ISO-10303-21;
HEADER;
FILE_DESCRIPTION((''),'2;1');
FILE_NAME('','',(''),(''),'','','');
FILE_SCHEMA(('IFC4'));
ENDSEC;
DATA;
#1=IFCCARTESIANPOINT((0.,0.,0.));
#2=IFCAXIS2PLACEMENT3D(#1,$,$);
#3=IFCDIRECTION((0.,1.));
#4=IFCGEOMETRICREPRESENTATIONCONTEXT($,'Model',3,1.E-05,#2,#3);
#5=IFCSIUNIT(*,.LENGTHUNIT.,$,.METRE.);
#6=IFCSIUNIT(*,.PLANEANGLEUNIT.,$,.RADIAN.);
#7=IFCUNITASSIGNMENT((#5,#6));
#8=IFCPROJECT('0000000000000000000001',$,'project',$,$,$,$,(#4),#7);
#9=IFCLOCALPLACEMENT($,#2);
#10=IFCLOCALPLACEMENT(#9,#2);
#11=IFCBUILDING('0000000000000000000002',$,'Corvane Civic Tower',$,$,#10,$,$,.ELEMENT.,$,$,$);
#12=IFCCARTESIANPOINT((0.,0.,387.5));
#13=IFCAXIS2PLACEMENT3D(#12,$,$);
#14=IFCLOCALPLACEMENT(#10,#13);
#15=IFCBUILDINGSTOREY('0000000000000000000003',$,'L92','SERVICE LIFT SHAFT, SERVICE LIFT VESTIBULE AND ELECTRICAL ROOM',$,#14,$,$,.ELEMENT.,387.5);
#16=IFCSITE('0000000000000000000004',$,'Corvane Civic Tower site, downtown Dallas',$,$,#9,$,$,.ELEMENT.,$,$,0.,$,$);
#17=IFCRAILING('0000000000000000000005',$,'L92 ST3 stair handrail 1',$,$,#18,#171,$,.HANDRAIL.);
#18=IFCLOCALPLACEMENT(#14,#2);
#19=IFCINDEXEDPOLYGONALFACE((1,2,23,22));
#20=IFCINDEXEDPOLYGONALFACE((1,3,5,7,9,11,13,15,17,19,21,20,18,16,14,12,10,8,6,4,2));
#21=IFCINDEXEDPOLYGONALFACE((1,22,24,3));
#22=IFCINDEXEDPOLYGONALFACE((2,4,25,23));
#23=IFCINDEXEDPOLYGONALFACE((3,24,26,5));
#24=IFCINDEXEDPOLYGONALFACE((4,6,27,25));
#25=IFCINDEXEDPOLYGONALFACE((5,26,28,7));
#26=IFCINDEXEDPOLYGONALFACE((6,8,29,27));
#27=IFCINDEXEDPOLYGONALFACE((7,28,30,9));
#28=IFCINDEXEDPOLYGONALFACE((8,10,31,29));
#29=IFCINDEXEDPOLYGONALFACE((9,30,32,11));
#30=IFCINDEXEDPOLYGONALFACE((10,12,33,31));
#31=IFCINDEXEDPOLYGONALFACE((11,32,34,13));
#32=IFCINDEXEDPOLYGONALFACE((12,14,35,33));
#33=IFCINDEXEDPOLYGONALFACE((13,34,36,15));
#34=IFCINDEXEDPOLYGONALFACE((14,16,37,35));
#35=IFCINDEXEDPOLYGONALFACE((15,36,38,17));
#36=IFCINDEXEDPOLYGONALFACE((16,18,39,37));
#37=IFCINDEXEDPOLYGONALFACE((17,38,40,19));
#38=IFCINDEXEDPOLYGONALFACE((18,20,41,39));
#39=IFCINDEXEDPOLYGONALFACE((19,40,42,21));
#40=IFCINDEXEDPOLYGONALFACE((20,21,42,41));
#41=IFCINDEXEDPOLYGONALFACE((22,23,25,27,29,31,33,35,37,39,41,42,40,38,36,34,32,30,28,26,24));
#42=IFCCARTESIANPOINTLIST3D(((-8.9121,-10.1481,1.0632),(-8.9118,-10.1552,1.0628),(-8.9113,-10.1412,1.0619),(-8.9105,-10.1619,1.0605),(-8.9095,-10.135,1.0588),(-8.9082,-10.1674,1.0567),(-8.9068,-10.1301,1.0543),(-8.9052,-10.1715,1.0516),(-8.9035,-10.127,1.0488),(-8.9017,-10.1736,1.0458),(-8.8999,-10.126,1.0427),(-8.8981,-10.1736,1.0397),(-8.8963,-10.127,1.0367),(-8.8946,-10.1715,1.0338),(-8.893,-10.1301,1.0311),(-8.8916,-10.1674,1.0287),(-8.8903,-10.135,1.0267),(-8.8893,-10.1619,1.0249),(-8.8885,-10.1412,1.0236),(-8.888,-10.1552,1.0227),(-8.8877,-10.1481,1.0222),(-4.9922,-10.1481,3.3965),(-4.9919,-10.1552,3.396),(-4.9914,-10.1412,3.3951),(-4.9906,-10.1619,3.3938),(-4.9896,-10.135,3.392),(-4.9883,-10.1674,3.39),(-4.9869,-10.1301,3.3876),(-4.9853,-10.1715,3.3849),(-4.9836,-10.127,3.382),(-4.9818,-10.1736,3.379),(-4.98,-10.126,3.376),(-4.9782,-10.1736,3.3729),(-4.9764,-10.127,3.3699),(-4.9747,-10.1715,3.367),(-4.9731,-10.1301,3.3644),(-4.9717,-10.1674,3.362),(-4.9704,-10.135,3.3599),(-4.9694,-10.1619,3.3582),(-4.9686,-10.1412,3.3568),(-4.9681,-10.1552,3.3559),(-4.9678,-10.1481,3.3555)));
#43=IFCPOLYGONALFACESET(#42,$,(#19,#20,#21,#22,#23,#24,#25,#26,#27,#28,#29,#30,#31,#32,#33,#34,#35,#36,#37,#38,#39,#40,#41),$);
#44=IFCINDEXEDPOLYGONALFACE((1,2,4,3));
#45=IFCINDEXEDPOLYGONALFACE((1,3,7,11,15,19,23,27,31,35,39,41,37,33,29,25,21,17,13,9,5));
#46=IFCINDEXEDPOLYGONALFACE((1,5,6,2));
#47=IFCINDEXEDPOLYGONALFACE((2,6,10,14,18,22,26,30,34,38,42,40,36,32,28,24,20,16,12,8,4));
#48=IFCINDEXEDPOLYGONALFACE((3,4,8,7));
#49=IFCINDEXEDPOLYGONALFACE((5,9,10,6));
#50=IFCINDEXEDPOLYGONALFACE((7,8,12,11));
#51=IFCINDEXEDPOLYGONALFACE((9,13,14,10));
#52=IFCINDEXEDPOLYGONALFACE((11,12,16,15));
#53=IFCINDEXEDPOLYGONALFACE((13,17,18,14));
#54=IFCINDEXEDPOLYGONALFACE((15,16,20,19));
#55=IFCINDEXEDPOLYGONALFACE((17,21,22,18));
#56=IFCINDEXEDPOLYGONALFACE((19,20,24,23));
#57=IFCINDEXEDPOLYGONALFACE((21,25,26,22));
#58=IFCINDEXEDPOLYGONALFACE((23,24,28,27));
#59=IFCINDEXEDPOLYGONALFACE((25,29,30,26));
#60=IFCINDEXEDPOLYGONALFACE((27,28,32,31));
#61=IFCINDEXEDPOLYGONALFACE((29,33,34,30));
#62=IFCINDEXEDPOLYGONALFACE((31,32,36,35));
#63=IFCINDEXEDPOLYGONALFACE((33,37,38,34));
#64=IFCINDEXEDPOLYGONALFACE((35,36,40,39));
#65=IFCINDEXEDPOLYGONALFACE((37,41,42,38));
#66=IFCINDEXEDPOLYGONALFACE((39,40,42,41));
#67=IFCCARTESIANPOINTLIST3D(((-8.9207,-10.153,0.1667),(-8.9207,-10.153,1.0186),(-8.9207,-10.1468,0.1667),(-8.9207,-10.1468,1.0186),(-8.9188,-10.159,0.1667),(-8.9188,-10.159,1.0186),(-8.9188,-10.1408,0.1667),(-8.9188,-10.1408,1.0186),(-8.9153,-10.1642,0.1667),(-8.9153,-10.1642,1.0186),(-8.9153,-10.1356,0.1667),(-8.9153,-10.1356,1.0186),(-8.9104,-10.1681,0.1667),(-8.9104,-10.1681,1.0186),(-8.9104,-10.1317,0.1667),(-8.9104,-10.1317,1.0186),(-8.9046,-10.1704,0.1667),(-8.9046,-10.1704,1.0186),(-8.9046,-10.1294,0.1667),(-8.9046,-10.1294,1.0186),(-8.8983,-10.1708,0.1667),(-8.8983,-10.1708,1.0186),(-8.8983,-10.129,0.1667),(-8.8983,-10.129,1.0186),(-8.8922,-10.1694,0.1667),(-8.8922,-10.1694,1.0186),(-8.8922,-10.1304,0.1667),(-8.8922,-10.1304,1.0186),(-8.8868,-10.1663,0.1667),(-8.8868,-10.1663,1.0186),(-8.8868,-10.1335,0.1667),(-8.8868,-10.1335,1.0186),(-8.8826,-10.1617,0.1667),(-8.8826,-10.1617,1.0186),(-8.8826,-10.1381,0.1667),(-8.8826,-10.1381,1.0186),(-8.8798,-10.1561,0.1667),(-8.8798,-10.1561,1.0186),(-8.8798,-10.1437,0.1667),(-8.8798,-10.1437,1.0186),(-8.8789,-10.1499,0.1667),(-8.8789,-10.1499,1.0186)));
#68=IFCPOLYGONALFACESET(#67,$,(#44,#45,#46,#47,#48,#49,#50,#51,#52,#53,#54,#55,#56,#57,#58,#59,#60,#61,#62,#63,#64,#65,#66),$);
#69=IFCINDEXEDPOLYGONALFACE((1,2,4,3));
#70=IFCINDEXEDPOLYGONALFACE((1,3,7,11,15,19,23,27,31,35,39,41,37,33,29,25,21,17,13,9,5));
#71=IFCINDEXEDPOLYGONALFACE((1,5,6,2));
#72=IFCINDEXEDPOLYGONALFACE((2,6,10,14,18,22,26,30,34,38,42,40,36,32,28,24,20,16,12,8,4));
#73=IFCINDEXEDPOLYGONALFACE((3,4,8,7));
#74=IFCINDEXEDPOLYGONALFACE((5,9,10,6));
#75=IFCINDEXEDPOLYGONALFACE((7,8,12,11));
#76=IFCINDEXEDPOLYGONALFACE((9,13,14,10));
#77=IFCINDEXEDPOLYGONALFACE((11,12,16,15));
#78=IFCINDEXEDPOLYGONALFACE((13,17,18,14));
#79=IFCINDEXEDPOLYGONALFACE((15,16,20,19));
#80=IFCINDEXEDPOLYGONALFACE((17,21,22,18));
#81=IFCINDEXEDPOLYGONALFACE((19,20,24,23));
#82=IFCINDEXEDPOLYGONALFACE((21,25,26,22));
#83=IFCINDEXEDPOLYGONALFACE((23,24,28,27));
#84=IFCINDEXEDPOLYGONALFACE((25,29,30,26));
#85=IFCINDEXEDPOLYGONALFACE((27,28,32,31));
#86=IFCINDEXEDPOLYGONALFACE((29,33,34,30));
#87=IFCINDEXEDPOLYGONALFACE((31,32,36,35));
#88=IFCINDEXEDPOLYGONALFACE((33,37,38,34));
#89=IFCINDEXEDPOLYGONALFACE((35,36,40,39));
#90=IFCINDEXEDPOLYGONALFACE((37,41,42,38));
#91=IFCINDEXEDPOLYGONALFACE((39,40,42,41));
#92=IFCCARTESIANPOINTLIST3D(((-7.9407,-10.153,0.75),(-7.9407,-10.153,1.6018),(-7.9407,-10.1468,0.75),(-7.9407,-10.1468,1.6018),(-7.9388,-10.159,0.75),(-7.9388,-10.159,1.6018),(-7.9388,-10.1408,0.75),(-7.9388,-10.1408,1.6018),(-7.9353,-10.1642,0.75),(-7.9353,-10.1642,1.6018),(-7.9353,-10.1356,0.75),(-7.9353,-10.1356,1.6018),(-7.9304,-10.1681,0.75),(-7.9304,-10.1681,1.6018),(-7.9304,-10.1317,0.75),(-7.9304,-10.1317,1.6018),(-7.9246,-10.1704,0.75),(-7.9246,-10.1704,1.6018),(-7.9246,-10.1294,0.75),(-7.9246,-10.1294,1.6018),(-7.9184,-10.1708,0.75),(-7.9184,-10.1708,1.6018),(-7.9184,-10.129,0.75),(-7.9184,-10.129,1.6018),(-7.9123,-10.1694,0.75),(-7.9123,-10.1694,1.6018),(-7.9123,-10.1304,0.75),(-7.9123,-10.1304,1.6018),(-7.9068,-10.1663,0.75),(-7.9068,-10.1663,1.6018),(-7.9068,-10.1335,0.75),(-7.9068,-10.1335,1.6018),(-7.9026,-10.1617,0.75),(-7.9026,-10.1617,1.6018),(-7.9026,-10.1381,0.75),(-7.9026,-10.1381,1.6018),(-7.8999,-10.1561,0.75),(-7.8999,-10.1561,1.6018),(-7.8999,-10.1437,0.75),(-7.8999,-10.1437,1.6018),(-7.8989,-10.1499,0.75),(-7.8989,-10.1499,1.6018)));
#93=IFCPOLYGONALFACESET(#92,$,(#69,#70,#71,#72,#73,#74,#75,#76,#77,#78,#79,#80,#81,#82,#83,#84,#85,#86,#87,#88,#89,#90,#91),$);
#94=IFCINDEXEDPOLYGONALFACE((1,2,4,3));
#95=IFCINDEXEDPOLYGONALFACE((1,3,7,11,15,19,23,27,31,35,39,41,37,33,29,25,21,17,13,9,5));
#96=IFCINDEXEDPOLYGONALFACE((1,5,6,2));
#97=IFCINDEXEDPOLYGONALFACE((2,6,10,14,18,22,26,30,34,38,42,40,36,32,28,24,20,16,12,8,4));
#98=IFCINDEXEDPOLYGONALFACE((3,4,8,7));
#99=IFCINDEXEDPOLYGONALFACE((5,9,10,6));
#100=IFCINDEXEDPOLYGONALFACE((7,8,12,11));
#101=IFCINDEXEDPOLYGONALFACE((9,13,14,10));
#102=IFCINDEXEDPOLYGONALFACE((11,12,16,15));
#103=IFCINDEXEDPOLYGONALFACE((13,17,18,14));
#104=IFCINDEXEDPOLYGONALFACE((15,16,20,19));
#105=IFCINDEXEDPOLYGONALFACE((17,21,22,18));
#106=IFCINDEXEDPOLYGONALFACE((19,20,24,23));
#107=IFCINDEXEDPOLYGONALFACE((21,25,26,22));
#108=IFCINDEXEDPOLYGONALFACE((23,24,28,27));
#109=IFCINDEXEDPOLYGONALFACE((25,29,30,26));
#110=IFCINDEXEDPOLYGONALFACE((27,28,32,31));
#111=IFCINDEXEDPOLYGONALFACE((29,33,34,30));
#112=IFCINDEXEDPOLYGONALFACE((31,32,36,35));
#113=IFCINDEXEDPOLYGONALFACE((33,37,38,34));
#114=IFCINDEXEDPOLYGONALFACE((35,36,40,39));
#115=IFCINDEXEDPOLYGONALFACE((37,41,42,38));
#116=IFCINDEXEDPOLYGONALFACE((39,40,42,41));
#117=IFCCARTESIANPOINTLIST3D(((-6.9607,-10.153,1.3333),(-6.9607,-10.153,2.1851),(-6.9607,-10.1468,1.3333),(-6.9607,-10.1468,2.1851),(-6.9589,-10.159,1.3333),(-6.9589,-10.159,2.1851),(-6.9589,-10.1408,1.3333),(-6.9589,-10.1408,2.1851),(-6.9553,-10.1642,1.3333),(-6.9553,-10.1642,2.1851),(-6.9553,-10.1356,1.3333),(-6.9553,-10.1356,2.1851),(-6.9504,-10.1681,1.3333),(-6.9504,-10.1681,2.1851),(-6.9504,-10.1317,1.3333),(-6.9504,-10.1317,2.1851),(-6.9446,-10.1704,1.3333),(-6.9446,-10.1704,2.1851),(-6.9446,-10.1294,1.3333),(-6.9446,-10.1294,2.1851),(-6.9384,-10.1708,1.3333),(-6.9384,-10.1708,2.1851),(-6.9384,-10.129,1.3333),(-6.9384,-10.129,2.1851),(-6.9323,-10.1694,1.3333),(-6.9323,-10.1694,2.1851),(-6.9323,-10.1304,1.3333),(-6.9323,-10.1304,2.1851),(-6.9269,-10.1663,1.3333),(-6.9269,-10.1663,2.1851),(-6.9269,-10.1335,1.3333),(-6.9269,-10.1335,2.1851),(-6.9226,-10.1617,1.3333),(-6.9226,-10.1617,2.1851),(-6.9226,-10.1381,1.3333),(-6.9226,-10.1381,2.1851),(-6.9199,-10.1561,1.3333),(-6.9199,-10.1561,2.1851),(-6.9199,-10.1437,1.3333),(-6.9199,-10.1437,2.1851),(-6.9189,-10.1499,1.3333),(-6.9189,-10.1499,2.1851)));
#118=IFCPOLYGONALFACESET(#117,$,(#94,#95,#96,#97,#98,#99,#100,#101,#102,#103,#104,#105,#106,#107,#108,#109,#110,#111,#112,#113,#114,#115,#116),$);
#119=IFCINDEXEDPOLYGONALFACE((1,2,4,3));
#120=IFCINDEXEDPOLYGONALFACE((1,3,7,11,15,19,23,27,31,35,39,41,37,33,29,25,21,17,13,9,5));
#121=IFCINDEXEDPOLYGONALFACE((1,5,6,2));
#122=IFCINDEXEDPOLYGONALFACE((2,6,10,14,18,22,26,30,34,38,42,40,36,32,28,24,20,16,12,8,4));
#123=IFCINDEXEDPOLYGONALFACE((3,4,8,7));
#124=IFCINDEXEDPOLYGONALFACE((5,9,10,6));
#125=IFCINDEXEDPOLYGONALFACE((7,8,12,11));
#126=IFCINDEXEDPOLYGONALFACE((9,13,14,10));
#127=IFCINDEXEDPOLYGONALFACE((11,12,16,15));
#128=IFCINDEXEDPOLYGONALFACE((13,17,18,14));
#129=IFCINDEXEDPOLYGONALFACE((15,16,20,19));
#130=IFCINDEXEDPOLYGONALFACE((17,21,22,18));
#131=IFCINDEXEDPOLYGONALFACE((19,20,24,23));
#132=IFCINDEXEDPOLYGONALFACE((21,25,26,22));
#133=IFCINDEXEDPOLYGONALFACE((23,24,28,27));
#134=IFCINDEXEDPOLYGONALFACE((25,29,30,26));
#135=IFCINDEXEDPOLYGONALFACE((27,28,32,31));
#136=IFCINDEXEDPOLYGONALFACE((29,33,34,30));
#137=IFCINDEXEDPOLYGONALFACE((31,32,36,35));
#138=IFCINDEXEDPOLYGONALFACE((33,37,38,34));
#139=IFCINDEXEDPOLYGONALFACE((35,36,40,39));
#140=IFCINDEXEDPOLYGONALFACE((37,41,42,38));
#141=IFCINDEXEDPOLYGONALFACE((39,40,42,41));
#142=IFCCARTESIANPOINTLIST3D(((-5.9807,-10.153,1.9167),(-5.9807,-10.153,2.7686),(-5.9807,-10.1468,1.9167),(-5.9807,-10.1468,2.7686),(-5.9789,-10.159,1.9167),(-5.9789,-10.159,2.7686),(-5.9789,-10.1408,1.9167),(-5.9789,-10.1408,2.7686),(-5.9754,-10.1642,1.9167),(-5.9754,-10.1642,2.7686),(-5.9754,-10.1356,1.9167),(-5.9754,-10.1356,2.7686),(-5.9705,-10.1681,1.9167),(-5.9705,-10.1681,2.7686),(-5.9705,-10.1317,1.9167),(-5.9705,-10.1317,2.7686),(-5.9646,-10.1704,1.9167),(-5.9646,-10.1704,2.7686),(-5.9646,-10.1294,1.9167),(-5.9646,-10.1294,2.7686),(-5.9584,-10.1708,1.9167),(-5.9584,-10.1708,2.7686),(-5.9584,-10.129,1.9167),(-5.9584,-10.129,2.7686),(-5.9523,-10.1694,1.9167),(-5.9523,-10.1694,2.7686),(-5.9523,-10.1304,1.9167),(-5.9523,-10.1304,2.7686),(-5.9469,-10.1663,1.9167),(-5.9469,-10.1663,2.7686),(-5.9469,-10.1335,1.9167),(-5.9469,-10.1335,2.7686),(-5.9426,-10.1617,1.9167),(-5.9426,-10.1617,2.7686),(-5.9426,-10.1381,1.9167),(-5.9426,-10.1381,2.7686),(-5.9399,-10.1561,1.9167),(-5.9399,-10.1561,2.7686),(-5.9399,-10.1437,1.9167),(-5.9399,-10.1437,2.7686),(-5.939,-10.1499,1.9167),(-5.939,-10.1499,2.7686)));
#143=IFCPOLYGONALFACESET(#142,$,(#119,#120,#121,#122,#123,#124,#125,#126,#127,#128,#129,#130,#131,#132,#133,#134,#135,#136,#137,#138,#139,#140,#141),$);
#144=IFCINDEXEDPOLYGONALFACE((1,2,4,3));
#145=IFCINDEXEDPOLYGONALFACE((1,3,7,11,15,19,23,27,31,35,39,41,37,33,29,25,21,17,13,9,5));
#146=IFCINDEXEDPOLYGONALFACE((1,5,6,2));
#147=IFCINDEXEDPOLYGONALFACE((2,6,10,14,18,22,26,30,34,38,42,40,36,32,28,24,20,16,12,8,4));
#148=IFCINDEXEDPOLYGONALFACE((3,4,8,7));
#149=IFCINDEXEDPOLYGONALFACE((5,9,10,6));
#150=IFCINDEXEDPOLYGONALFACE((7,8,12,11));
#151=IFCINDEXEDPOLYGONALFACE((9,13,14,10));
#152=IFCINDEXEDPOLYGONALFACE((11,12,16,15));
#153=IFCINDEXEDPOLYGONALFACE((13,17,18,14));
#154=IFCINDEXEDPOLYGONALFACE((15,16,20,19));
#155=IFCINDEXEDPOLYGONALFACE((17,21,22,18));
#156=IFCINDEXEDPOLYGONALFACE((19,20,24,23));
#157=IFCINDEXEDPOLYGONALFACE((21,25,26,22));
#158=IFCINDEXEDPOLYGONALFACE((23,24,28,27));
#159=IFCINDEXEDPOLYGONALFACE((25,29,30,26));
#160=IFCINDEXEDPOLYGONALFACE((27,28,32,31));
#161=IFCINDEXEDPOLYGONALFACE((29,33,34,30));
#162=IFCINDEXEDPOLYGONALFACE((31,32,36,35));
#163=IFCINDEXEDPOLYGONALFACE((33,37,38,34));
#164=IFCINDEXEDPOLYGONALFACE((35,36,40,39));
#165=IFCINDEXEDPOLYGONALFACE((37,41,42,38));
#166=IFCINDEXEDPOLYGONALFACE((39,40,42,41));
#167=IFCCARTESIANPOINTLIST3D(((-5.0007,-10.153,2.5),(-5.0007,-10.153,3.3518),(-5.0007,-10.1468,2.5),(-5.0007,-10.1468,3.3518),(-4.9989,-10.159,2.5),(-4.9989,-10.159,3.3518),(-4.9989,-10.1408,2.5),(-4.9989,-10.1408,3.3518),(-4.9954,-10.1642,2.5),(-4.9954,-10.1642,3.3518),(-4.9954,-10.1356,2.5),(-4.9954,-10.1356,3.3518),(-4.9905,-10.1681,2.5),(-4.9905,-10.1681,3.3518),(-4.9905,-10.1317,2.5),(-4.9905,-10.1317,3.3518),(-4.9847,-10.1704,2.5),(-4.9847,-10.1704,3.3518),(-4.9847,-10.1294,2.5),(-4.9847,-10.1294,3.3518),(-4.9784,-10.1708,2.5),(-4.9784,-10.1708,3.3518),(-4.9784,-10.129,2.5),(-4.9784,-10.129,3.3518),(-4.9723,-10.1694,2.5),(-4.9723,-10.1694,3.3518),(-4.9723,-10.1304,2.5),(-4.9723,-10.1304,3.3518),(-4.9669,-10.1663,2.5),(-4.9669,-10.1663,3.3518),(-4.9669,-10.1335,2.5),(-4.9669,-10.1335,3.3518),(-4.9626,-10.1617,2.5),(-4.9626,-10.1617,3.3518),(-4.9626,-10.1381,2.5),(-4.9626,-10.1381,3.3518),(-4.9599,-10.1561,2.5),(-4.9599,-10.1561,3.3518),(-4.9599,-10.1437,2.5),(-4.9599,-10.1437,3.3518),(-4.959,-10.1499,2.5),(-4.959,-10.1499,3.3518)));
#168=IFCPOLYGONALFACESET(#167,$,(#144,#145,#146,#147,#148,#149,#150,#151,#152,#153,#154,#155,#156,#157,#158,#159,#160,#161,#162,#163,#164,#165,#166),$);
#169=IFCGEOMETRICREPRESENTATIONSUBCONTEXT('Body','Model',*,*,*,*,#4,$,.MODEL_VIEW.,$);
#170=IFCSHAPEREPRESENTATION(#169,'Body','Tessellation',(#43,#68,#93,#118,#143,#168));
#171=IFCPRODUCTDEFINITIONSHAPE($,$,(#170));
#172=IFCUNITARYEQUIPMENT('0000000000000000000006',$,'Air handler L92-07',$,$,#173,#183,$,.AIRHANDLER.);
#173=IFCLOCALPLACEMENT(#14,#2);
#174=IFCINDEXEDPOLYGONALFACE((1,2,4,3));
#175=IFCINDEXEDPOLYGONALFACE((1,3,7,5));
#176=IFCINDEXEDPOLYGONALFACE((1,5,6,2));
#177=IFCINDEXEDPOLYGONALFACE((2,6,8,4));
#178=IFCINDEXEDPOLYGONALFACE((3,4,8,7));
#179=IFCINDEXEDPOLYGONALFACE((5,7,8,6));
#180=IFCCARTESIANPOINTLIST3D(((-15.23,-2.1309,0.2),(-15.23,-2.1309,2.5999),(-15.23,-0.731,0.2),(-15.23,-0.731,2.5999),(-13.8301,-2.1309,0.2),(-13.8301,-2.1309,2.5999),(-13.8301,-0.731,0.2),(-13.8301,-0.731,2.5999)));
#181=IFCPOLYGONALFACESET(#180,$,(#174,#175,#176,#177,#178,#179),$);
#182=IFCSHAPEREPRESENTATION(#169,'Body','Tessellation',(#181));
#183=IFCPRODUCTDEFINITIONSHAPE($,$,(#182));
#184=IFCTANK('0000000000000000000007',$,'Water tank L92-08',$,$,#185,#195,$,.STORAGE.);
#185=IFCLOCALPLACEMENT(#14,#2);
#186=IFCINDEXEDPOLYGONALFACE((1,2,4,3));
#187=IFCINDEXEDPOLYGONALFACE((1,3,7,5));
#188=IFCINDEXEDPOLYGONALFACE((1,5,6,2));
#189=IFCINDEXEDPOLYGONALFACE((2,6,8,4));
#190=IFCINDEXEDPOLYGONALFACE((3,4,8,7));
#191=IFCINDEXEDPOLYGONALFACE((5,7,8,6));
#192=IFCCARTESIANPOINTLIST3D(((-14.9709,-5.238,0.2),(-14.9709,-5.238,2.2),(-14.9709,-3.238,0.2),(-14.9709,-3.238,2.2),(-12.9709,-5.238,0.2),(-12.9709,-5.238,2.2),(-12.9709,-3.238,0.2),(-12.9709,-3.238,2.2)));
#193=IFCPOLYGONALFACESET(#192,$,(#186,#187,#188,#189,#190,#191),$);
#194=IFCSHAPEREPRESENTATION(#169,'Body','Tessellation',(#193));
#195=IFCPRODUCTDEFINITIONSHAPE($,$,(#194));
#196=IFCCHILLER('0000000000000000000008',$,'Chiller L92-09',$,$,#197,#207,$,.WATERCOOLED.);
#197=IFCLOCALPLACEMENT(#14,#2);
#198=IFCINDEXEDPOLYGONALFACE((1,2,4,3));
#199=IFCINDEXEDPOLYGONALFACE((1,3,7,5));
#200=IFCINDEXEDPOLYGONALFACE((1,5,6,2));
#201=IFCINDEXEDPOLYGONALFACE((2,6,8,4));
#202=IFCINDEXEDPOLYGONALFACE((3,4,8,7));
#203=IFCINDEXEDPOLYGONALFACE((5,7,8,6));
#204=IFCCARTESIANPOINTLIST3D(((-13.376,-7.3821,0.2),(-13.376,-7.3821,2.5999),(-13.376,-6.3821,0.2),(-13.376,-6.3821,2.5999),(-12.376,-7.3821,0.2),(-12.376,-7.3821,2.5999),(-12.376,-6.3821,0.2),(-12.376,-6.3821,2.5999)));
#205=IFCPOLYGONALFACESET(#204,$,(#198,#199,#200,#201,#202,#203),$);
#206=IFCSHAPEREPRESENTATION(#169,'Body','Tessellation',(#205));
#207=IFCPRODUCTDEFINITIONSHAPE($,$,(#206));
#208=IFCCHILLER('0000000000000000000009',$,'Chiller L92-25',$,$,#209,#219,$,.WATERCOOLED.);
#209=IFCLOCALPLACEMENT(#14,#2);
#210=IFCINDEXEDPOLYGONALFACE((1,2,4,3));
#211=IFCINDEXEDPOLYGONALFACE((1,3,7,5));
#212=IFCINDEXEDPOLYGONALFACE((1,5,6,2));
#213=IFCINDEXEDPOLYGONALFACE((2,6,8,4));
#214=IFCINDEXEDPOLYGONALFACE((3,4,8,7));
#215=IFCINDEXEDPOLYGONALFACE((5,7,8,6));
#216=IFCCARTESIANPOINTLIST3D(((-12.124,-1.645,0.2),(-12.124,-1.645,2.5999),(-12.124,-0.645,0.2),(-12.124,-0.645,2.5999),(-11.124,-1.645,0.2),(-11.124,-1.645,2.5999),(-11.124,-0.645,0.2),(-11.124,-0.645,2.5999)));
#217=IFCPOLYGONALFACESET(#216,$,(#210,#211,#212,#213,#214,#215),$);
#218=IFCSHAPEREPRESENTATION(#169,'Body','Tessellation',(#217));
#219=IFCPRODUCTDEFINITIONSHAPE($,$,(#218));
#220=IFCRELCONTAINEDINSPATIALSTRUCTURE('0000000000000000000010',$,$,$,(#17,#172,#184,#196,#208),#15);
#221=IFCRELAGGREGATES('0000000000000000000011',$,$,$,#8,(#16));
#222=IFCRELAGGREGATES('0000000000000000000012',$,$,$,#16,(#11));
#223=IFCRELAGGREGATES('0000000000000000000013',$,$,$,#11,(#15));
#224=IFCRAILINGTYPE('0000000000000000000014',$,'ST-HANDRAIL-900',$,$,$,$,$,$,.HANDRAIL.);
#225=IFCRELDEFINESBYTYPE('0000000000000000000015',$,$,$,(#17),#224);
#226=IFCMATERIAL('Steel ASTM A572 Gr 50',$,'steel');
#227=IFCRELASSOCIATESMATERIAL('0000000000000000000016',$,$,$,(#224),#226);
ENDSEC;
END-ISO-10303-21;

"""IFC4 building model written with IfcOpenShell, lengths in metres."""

from ifc_helpers import new_model, si_unit, direction, frame, origin, origin_2d, place, context, subcontext, project, spatial, rectangle, circle, extrude, material, type_object, element, save


model = new_model("IFC4")

# Units and contexts
model_context = context("Model", 3, precision=1e-05, world=origin(), true_north=direction((0.0, 1.0)))
body_context = subcontext(model_context, "Body", "Model", "MODEL_VIEW")
ifc_project = project(units=[si_unit("LENGTHUNIT", "METRE"), si_unit("PLANEANGLEUNIT", "RADIAN")], contexts=[model_context])

# Site, building, storey
site_placement = place(None, origin())
site = spatial("IfcSite", under=ifc_project, at=site_placement, Name="Corvane Civic Tower site, downtown Dallas", CompositionType="ELEMENT", RefElevation=0.0)
building_placement = place(site_placement, origin())
building = spatial("IfcBuilding", under=site, at=building_placement, Name="Corvane Civic Tower", CompositionType="ELEMENT")
storey_placement = place(building_placement, frame((0.0, 0.0, 387.5)))
storey = spatial("IfcBuildingStorey", under=building, at=storey_placement, Name="L92", Description="SERVICE LIFT SHAFT, SERVICE LIFT VESTIBULE AND ELECTRICAL ROOM", CompositionType="ELEMENT", Elevation=387.5)

# Railing
ifc_material_1 = material(Name="Steel ASTM A572 Gr 50", Category="steel")
railing_type_1 = type_object("IfcRailingType", Name="ST-HANDRAIL-900", PredefinedType="HANDRAIL", material=ifc_material_1)
railing_1_placement = place(storey_placement, frame((-8.8999, -10.1499, 0.1667)))
element("IfcRailing", 1, at=railing_1_placement, inside=storey, type_object=railing_type_1, Name="L92 ST3 stair handrail 1", PredefinedType="HANDRAIL", context=body_context, shape_type="SweptSolid", body=[
    extrude(circle(Radius=0.0239, at=origin_2d()), frame((0.0, 0.0, 0.876), z_axis=(0.859296, 0.0, 0.511478), x_axis=(0.0, 1.0, 0.0)), (0.0, 0.0, 1.0), 4.5618),
    extrude(circle(Radius=0.021, at=origin_2d()), origin(), (0.0, 0.0, 1.0), 0.8518),
    extrude(circle(Radius=0.021, at=origin_2d()), frame((0.98, 0.0, 0.5833)), (0.0, 0.0, 1.0), 0.8518),
    extrude(circle(Radius=0.021, at=origin_2d()), frame((1.96, 0.0, 1.1665)), (0.0, 0.0, 1.0), 0.8518),
    extrude(circle(Radius=0.021, at=origin_2d()), frame((2.9399, 0.0, 1.75)), (0.0, 0.0, 1.0), 0.8518),
    extrude(circle(Radius=0.021, at=origin_2d()), frame((3.9199, 0.0, 2.3333)), (0.0, 0.0, 1.0), 0.8518),
])

# Unitary equipment
unitary_equipment_placement = place(storey_placement, frame((-14.53, -1.4309, 0.2), z_axis=(0.0, 0.0, 1.0), x_axis=(1.0, 0.0, 0.0)))
element("IfcUnitaryEquipment", 2, at=unitary_equipment_placement, inside=storey, Name="Air handler L92-07", PredefinedType="AIRHANDLER", context=body_context, shape_type="SweptSolid", body=[
    extrude(rectangle(XDim=1.3999, YDim=1.3999, at=origin_2d()), origin(), (0.0, 0.0, 1.0), 2.3999),
])

# Tank
tank_placement = place(storey_placement, frame((-13.9709, -4.238, 0.2), z_axis=(0.0, 0.0, 1.0), x_axis=(1.0, 0.0, 0.0)))
element("IfcTank", 3, at=tank_placement, inside=storey, Name="Water tank L92-08", PredefinedType="STORAGE", context=body_context, shape_type="SweptSolid", body=[
    extrude(rectangle(XDim=2.0, YDim=2.0, at=origin_2d()), origin(), (0.0, 0.0, 1.0), 2.0),
])

# Chillers
for number, where, z_axis, x_axis, name in (
    (4, (-12.876, -6.8821, 0.2), (0.0, 0.0, 1.0), (1.0, 0.0, 0.0), "Chiller L92-09"),
    (5, (-11.624, -1.145, 0.2), (0.0, 0.0, 1.0), (1.0, 0.0, 0.0), "Chiller L92-25"),
):
    element("IfcChiller", number, at=place(storey_placement, frame(where, z_axis=z_axis, x_axis=x_axis)), inside=storey, Name=name, PredefinedType="WATERCOOLED", context=body_context, shape_type="SweptSolid", body=[
        extrude(rectangle(XDim=1.0, YDim=1.0, at=origin_2d()), origin(), (0.0, 0.0, 1.0), 2.3999),
    ])

save(model, "model.ifc")
